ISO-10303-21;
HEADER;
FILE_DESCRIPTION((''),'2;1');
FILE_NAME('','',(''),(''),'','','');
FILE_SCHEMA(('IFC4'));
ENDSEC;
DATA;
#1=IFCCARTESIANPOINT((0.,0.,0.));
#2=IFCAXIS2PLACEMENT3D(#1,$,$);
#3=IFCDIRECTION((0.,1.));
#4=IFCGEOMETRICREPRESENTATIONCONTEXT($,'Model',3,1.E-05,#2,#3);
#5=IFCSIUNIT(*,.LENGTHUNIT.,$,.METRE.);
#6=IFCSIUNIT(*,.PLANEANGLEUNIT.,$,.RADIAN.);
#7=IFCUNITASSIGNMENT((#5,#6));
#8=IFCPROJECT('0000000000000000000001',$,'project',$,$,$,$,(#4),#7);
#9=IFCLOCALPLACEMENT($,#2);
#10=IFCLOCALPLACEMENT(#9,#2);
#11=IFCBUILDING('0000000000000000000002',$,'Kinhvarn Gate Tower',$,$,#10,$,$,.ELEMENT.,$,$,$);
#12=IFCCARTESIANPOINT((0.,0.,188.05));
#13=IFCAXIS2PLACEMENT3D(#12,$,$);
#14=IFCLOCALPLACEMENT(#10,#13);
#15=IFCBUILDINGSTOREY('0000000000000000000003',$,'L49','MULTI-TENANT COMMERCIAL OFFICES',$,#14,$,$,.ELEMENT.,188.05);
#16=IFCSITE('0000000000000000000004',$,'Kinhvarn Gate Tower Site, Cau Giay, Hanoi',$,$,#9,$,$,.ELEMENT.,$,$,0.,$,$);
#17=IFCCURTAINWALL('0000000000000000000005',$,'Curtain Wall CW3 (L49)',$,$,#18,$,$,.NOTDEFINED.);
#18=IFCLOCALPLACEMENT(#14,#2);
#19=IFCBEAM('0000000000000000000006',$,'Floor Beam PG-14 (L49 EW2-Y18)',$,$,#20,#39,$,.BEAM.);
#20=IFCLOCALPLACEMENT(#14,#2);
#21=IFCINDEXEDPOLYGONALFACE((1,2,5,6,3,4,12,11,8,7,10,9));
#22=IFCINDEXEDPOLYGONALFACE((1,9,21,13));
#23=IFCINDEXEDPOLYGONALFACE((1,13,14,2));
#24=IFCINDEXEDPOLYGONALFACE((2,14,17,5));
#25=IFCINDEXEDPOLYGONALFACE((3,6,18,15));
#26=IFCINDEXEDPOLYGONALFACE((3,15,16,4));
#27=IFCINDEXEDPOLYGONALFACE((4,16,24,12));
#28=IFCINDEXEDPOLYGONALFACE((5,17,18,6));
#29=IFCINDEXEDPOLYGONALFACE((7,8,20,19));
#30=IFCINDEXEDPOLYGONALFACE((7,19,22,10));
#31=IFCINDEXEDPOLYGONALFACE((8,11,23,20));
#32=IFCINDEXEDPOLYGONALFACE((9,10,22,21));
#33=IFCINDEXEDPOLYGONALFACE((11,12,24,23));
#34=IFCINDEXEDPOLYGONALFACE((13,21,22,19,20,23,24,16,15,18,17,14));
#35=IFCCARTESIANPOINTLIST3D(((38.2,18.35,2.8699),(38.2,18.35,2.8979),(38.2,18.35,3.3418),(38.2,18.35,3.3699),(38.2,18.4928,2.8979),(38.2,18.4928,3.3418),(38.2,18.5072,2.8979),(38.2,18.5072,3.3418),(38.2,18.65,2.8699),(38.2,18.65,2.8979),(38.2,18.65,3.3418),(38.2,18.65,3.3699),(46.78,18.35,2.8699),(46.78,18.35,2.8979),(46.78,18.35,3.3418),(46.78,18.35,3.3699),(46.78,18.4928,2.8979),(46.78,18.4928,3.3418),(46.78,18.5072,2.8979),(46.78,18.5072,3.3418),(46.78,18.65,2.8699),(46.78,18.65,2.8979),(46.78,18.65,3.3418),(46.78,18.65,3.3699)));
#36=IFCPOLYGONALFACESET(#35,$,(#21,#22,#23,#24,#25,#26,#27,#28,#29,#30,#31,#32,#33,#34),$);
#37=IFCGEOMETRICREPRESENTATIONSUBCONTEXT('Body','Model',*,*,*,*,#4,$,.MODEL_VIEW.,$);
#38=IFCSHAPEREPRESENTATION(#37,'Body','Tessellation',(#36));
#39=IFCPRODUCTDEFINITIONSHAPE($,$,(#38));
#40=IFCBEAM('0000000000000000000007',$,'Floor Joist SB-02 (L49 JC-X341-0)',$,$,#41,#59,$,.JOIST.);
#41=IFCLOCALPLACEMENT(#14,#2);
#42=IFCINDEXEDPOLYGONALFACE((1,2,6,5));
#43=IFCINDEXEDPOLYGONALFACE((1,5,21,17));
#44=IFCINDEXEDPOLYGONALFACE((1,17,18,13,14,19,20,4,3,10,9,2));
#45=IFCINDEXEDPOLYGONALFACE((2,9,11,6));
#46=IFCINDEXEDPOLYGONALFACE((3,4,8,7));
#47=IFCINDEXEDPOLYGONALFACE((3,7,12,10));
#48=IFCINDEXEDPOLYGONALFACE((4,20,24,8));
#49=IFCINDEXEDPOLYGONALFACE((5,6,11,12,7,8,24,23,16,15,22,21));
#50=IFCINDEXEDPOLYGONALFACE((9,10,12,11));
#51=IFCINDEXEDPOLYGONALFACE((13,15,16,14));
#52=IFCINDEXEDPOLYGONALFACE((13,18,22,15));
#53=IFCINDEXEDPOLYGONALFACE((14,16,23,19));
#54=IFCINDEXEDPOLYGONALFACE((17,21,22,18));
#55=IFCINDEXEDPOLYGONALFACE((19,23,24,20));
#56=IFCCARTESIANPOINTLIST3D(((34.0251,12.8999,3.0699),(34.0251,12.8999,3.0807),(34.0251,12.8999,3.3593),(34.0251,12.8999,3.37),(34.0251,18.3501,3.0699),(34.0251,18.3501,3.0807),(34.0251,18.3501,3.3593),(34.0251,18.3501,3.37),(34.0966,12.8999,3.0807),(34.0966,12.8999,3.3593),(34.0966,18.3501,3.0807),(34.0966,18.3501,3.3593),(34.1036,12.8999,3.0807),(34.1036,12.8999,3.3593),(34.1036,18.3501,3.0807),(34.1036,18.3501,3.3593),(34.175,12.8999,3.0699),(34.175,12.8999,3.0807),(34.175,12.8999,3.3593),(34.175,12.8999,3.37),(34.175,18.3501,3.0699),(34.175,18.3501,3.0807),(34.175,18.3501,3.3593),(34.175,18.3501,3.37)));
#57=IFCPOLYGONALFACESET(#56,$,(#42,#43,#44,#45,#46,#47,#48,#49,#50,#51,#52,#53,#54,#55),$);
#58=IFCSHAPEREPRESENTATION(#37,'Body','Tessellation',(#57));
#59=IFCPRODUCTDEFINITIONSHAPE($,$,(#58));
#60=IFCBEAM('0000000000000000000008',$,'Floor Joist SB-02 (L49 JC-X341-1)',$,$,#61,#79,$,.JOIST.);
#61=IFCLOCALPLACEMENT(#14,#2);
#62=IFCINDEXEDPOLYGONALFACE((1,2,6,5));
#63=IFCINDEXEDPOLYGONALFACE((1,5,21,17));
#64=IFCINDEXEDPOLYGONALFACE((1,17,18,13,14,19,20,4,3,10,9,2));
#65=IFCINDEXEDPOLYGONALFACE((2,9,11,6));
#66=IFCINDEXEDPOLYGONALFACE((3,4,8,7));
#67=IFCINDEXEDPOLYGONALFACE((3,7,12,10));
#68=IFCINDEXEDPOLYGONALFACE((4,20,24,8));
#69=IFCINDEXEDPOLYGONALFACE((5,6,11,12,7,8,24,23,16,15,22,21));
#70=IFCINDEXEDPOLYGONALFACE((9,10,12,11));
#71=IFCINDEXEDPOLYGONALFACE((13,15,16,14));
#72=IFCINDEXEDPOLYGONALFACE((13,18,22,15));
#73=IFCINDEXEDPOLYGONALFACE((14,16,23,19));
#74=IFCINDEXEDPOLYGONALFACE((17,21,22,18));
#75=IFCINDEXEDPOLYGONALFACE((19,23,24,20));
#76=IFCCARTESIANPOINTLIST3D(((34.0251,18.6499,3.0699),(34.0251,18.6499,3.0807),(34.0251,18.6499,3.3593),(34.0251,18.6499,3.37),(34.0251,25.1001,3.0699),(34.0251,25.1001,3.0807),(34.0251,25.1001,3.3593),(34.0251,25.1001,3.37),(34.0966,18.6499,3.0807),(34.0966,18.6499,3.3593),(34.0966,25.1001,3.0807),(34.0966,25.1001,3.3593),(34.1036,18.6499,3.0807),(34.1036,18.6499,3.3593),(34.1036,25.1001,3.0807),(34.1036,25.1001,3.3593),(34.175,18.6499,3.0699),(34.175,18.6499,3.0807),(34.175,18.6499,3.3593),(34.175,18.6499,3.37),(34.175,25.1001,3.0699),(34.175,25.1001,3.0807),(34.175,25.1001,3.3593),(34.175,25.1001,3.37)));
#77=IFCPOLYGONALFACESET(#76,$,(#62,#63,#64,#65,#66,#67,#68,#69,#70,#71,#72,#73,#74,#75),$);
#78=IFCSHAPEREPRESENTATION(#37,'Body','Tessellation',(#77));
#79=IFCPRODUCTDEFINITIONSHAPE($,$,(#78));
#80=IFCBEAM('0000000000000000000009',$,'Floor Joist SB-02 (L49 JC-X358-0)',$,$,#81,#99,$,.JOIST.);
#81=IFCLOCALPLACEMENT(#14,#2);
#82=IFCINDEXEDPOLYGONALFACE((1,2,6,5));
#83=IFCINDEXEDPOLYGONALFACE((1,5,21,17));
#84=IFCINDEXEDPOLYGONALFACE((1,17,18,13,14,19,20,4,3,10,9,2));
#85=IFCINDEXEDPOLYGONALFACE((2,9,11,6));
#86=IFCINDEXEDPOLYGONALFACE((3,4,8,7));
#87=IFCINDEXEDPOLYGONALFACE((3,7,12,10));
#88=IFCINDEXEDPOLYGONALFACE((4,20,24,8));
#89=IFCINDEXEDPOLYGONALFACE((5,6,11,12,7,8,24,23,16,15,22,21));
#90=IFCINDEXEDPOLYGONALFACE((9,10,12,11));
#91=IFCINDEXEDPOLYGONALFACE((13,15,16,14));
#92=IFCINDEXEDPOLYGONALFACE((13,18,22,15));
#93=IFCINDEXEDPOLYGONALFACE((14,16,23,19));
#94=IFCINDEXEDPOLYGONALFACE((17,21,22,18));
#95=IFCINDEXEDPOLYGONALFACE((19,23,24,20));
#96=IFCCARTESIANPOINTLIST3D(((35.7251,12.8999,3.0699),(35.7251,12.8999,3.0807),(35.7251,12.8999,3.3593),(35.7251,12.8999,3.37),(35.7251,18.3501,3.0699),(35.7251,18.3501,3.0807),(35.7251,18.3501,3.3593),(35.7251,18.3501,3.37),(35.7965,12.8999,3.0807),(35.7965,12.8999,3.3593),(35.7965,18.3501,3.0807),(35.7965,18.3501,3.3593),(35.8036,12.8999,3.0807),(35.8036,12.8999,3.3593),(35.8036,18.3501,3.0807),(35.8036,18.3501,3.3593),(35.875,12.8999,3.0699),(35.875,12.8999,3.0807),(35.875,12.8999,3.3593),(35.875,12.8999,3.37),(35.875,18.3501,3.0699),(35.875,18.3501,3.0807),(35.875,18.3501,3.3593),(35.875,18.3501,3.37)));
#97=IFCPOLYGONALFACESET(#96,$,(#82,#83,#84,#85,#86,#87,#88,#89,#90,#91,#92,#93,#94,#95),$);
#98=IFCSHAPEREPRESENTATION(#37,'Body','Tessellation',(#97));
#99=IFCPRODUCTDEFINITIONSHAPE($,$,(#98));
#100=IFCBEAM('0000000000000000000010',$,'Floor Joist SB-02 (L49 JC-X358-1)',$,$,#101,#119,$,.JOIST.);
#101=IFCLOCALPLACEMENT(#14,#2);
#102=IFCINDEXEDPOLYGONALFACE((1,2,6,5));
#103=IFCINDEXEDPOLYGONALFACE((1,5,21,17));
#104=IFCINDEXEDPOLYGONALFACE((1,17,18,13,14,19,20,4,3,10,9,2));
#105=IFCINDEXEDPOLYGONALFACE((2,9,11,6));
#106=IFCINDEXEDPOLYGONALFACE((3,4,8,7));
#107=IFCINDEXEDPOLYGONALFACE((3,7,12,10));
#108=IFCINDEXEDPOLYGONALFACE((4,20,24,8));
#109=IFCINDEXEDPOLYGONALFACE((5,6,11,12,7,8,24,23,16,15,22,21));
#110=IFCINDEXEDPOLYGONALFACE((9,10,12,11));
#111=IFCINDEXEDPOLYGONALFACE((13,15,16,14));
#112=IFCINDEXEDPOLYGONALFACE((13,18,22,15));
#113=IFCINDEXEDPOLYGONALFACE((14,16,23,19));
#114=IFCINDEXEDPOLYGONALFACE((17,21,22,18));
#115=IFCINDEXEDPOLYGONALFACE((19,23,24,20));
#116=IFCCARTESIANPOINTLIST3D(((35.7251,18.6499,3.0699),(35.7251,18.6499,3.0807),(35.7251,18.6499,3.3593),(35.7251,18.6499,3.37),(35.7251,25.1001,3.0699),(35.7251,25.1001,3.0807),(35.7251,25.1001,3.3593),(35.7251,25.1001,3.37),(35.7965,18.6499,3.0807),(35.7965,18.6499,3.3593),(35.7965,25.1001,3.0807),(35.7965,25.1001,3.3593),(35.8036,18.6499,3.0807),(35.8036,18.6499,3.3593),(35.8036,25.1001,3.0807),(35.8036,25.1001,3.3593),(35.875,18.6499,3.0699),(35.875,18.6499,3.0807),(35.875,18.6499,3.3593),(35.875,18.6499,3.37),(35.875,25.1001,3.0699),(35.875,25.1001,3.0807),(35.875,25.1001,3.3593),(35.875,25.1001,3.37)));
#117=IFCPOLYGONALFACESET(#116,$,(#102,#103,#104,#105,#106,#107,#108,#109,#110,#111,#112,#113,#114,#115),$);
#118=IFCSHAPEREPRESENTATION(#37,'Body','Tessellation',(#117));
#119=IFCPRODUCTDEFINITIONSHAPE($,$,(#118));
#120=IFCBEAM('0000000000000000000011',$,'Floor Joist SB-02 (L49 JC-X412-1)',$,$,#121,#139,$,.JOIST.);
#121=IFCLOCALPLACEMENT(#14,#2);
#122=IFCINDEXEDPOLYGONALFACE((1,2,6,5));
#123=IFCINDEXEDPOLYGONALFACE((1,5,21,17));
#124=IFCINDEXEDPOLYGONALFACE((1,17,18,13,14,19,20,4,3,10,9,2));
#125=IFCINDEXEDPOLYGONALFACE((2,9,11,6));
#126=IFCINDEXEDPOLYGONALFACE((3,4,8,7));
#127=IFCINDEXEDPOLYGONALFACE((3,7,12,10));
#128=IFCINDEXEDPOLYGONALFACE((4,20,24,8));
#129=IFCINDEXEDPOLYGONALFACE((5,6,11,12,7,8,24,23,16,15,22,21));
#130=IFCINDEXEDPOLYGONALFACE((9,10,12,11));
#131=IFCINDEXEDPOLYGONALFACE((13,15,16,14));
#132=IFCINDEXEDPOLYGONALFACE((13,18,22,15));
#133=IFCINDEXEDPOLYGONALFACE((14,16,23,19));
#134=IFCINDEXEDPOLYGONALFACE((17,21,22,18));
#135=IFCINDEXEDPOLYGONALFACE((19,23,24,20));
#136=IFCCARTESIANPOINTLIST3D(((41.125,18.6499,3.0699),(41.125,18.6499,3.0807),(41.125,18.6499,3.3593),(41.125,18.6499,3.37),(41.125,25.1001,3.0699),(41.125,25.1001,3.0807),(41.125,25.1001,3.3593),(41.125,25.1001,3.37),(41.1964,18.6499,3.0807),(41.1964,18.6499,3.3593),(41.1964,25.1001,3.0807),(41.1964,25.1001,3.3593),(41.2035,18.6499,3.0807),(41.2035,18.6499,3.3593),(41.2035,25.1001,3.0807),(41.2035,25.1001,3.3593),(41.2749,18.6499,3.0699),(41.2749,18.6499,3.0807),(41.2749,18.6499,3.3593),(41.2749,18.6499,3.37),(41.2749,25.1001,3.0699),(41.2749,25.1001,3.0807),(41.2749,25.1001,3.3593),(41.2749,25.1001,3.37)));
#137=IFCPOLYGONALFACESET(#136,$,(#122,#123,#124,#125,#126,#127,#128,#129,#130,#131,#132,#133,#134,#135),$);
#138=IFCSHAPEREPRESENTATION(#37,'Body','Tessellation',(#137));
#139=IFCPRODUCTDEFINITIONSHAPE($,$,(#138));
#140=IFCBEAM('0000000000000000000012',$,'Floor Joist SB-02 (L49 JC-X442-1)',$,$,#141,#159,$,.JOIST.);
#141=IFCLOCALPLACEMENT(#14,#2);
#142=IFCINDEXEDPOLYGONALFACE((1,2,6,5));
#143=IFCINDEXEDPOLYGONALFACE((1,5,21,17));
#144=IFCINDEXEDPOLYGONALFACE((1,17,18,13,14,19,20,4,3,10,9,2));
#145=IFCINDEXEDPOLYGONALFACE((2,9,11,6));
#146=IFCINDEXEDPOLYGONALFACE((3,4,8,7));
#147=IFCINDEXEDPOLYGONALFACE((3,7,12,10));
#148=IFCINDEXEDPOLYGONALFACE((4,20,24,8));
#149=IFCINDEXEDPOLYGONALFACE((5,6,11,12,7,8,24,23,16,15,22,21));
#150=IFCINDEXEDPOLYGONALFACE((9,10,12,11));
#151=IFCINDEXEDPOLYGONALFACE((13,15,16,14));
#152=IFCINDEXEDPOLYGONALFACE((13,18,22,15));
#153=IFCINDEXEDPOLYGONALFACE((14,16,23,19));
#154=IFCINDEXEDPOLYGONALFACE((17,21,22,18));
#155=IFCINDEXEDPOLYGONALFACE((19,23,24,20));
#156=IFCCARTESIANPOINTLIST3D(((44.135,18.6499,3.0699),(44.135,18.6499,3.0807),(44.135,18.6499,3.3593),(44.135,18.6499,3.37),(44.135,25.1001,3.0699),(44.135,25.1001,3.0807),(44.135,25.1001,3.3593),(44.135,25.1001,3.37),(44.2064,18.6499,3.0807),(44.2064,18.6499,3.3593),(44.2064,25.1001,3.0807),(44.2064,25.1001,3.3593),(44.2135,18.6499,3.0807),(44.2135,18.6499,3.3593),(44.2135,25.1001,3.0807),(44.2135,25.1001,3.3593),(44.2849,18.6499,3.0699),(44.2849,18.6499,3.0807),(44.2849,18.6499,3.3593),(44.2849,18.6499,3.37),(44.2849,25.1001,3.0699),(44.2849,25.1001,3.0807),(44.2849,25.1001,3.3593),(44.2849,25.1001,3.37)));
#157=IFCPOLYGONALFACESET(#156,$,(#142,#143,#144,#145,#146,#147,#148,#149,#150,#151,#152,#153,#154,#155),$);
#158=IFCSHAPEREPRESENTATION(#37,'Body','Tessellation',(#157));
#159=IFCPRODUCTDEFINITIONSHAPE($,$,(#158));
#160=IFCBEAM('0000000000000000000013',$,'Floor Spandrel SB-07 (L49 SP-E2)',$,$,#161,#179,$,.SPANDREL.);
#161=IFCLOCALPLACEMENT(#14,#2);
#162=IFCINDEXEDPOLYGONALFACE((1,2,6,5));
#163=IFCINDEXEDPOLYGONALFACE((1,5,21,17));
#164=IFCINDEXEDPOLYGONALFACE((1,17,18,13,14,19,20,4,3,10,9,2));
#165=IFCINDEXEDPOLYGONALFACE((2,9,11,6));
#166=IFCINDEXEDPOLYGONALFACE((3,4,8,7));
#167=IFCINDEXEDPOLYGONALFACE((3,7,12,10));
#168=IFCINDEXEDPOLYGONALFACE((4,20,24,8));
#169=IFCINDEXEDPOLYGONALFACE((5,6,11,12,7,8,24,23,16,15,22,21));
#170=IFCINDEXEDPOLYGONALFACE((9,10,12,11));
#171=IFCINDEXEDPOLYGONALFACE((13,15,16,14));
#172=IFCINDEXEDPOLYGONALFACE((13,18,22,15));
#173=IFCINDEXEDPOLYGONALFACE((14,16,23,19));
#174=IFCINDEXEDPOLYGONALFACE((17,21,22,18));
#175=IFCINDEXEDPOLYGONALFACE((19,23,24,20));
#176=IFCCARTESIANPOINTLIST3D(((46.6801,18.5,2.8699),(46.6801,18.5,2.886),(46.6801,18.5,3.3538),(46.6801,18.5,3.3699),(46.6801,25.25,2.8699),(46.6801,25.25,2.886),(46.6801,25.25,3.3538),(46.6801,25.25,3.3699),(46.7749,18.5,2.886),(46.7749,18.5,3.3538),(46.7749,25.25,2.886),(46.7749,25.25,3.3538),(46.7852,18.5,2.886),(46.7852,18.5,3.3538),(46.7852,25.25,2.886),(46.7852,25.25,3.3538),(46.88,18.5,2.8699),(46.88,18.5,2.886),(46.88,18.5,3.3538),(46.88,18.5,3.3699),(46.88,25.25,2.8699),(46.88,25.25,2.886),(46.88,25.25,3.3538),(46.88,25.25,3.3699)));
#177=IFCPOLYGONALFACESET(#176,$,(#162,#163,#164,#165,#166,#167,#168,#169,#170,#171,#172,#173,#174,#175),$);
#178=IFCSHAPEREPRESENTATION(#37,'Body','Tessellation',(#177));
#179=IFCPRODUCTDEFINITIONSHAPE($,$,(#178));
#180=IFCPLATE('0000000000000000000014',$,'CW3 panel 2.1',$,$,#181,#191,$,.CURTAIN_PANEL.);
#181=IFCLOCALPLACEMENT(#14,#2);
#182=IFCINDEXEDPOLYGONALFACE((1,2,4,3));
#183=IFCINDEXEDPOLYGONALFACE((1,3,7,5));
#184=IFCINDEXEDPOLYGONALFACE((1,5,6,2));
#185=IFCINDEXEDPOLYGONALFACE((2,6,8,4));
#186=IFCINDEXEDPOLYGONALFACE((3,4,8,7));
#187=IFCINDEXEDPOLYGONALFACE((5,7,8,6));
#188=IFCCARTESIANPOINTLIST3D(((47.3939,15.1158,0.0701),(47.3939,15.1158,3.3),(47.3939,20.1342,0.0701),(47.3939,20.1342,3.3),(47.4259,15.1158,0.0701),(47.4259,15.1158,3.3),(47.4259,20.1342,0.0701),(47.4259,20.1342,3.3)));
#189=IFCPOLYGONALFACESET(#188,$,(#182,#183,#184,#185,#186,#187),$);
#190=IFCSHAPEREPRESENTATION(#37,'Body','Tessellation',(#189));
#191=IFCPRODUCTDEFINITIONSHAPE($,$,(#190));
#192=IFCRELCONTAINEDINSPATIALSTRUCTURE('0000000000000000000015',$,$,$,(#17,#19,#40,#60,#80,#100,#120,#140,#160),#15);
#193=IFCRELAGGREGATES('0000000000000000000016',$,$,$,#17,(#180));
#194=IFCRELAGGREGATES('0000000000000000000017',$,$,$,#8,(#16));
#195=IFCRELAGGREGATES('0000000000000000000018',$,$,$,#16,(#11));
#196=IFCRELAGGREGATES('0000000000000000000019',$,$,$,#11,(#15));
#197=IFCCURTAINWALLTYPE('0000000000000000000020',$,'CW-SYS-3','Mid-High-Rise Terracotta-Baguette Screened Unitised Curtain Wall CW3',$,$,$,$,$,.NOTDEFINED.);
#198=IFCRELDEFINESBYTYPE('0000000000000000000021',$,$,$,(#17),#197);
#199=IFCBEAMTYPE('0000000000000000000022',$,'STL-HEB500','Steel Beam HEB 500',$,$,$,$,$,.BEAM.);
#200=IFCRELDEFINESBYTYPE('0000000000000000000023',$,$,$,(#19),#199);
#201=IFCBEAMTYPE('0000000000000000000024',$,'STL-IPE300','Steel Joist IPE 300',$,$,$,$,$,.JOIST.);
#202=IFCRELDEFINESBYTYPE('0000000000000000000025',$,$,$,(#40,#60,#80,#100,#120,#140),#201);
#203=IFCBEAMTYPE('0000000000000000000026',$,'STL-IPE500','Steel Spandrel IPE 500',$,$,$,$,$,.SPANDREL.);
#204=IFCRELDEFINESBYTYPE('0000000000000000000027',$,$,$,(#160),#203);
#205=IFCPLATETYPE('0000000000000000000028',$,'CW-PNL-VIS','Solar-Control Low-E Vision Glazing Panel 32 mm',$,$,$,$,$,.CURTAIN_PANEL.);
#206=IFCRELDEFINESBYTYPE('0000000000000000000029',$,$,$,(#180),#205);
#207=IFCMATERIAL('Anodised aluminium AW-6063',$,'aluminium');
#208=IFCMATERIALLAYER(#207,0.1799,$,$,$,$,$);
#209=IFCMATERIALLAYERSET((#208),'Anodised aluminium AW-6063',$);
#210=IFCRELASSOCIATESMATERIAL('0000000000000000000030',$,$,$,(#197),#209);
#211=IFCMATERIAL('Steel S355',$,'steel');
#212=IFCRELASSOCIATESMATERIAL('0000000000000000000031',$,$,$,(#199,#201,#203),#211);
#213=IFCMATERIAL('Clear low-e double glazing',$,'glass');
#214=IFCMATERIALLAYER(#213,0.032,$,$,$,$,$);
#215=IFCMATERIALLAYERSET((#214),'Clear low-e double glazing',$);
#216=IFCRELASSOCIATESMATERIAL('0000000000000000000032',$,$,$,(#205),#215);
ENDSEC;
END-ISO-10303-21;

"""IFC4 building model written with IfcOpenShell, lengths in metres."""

from ifc_helpers import new_model, si_unit, direction, frame, origin, origin_2d, place, context, subcontext, project, spatial, rectangle, i_section, extrude, material, layer, layer_set, material_profile, profile_set, type_object, element, aggregate, save


model = new_model("IFC4")

# Units and contexts
model_context = context("Model", 3, precision=1e-05, world=origin(), true_north=direction((0.0, 1.0)))
body_context = subcontext(model_context, "Body", "Model", "MODEL_VIEW")
ifc_project = project(units=[si_unit("LENGTHUNIT", "METRE"), si_unit("PLANEANGLEUNIT", "RADIAN")], contexts=[model_context])

# Site, building, storey
site_placement = place(None, origin())
site = spatial("IfcSite", under=ifc_project, at=site_placement, Name="Kinhvarn Gate Tower Site, Cau Giay, Hanoi", CompositionType="ELEMENT", RefElevation=0.0)
building_placement = place(site_placement, origin())
building = spatial("IfcBuilding", under=site, at=building_placement, Name="Kinhvarn Gate Tower", CompositionType="ELEMENT")
storey_placement = place(building_placement, frame((0.0, 0.0, 188.05)))
storey = spatial("IfcBuildingStorey", under=building, at=storey_placement, Name="L49", Description="MULTI-TENANT COMMERCIAL OFFICES", CompositionType="ELEMENT", Elevation=188.05)

# Curtain wall
ifc_material_1 = material(Name="Anodised aluminium AW-6063", Category="aluminium")
ifc_layer_1 = layer(ifc_material_1, 0.1799)
ifc_layer_set_1 = layer_set([ifc_layer_1], Name="Anodised aluminium AW-6063")
curtain_wall_type = type_object("IfcCurtainWallType", Name="CW-SYS-3", Description="Mid-High-Rise Terracotta-Baguette Screened Unitised Curtain Wall CW3", PredefinedType="NOTDEFINED", material=ifc_layer_set_1)
curtain_wall_placement = place(storey_placement, origin())
curtain_wall = element("IfcCurtainWall", 1, at=curtain_wall_placement, inside=storey, type_object=curtain_wall_type, Name="Curtain Wall CW3 (L49)", PredefinedType="NOTDEFINED")

# Beams
ifc_material_2 = material(Name="Steel S355", Category="steel")
ifc_material_profile_1 = material_profile(ifc_material_2, i_section(OverallWidth=0.3, OverallDepth=0.5, WebThickness=0.0144, FlangeThickness=0.0281, at=origin_2d()), Name="HEB 500")
ifc_profile_set_1 = profile_set([ifc_material_profile_1], Name="Steel S355")
beam_type_1 = type_object("IfcBeamType", Name="STL-HEB500", Description="Steel Beam HEB 500", PredefinedType="BEAM", material=ifc_profile_set_1)
beam_1_placement = place(storey_placement, frame((38.2, 18.5, 3.1199), z_axis=(1.0, 0.0, 0.0), x_axis=(0.0, 1.0, 0.0)))
element("IfcBeam", 2, at=beam_1_placement, inside=storey, type_object=beam_type_1, Name="Floor Beam PG-14 (L49 EW2-Y18)", PredefinedType="BEAM", context=body_context, shape_type="SweptSolid", body=[
    extrude(i_section(OverallWidth=0.3, OverallDepth=0.5, WebThickness=0.0144, FlangeThickness=0.0281, at=origin_2d()), origin(), (0.0, 0.0, 1.0), 8.5801),
])
ifc_material_profile_2 = material_profile(ifc_material_2, i_section(OverallWidth=0.1499, OverallDepth=0.3, WebThickness=0.0071, FlangeThickness=0.0107, at=origin_2d()), Name="IPE 300")
ifc_profile_set_2 = profile_set([ifc_material_profile_2], Name="Steel S355")
beam_type_2 = type_object("IfcBeamType", Name="STL-IPE300", Description="Steel Joist IPE 300", PredefinedType="JOIST", material=ifc_profile_set_2)
beam_2_placement = place(storey_placement, frame((34.1001, 12.8999, 3.22), z_axis=(0.0, 1.0, 0.0), x_axis=(-1.0, 0.0, 0.0)))
element("IfcBeam", 3, at=beam_2_placement, inside=storey, type_object=beam_type_2, Name="Floor Joist SB-02 (L49 JC-X341-0)", PredefinedType="JOIST", context=body_context, shape_type="SweptSolid", body=[
    extrude(i_section(OverallWidth=0.1499, OverallDepth=0.3, WebThickness=0.0071, FlangeThickness=0.0107, at=origin_2d()), origin(), (0.0, 0.0, 1.0), 5.4502),
])
beam_3_placement = place(storey_placement, frame((34.1001, 18.6499, 3.22), z_axis=(0.0, 1.0, 0.0), x_axis=(-1.0, 0.0, 0.0)))
element("IfcBeam", 4, at=beam_3_placement, inside=storey, type_object=beam_type_2, Name="Floor Joist SB-02 (L49 JC-X341-1)", PredefinedType="JOIST", context=body_context, shape_type="SweptSolid", body=[
    extrude(i_section(OverallWidth=0.1499, OverallDepth=0.3, WebThickness=0.0071, FlangeThickness=0.0107, at=origin_2d()), origin(), (0.0, 0.0, 1.0), 6.4502),
])
beam_4_placement = place(storey_placement, frame((35.8, 12.8999, 3.22), z_axis=(0.0, 1.0, 0.0), x_axis=(-1.0, 0.0, 0.0)))
element("IfcBeam", 5, at=beam_4_placement, inside=storey, type_object=beam_type_2, Name="Floor Joist SB-02 (L49 JC-X358-0)", PredefinedType="JOIST", context=body_context, shape_type="SweptSolid", body=[
    extrude(i_section(OverallWidth=0.1499, OverallDepth=0.3, WebThickness=0.0071, FlangeThickness=0.0107, at=origin_2d()), origin(), (0.0, 0.0, 1.0), 5.4502),
])
for number, where, z_axis, x_axis, name in (
    (6, (35.8, 18.6499, 3.22), (0.0, 1.0, 0.0), (-1.0, 0.0, 0.0), "Floor Joist SB-02 (L49 JC-X358-1)"),
    (7, (41.2, 18.6499, 3.22), (0.0, 1.0, 0.0), (-1.0, 0.0, 0.0), "Floor Joist SB-02 (L49 JC-X412-1)"),
    (8, (44.21, 18.6499, 3.22), (0.0, 1.0, 0.0), (-1.0, 0.0, 0.0), "Floor Joist SB-02 (L49 JC-X442-1)"),
):
    element("IfcBeam", number, at=place(storey_placement, frame(where, z_axis=z_axis, x_axis=x_axis)), inside=storey, type_object=beam_type_2, Name=name, PredefinedType="JOIST", context=body_context, shape_type="SweptSolid", body=[
        extrude(i_section(OverallWidth=0.1499, OverallDepth=0.3, WebThickness=0.0071, FlangeThickness=0.0107, at=origin_2d()), origin(), (0.0, 0.0, 1.0), 6.4502),
    ])
ifc_material_profile_3 = material_profile(ifc_material_2, i_section(OverallWidth=0.2, OverallDepth=0.5, WebThickness=0.0103, FlangeThickness=0.0161, at=origin_2d()), Name="IPE 500")
ifc_profile_set_3 = profile_set([ifc_material_profile_3], Name="Steel S355")
beam_type_3 = type_object("IfcBeamType", Name="STL-IPE500", Description="Steel Spandrel IPE 500", PredefinedType="SPANDREL", material=ifc_profile_set_3)
beam_5_placement = place(storey_placement, frame((46.78, 18.5, 3.1199), z_axis=(0.0, 1.0, 0.0), x_axis=(-1.0, 0.0, 0.0)))
element("IfcBeam", 9, at=beam_5_placement, inside=storey, type_object=beam_type_3, Name="Floor Spandrel SB-07 (L49 SP-E2)", PredefinedType="SPANDREL", context=body_context, shape_type="SweptSolid", body=[
    extrude(i_section(OverallWidth=0.2, OverallDepth=0.5, WebThickness=0.0103, FlangeThickness=0.0161, at=origin_2d()), origin(), (0.0, 0.0, 1.0), 6.75),
])

# Plate
ifc_material_3 = material(Name="Clear low-e double glazing", Category="glass")
ifc_layer_2 = layer(ifc_material_3, 0.032)
ifc_layer_set_2 = layer_set([ifc_layer_2], Name="Clear low-e double glazing")
plate_type = type_object("IfcPlateType", Name="CW-PNL-VIS", Description="Solar-Control Low-E Vision Glazing Panel 32 mm", PredefinedType="CURTAIN_PANEL", material=ifc_layer_set_2)
plate_1_placement = place(storey_placement, frame((47.4099, 17.625, 0.0701), z_axis=(0.0, 0.0, 1.0), x_axis=(0.0, 1.0, 0.0)))
plate_1 = element("IfcPlate", 10, at=plate_1_placement, type_object=plate_type, Name="CW3 panel 2.1", PredefinedType="CURTAIN_PANEL", context=body_context, shape_type="SweptSolid", body=[
    extrude(rectangle(XDim=5.0183, YDim=0.032, at=origin_2d()), origin(), (0.0, 0.0, 1.0), 3.23),
])
aggregate(curtain_wall, [plate_1])

save(model, "model.ifc")
